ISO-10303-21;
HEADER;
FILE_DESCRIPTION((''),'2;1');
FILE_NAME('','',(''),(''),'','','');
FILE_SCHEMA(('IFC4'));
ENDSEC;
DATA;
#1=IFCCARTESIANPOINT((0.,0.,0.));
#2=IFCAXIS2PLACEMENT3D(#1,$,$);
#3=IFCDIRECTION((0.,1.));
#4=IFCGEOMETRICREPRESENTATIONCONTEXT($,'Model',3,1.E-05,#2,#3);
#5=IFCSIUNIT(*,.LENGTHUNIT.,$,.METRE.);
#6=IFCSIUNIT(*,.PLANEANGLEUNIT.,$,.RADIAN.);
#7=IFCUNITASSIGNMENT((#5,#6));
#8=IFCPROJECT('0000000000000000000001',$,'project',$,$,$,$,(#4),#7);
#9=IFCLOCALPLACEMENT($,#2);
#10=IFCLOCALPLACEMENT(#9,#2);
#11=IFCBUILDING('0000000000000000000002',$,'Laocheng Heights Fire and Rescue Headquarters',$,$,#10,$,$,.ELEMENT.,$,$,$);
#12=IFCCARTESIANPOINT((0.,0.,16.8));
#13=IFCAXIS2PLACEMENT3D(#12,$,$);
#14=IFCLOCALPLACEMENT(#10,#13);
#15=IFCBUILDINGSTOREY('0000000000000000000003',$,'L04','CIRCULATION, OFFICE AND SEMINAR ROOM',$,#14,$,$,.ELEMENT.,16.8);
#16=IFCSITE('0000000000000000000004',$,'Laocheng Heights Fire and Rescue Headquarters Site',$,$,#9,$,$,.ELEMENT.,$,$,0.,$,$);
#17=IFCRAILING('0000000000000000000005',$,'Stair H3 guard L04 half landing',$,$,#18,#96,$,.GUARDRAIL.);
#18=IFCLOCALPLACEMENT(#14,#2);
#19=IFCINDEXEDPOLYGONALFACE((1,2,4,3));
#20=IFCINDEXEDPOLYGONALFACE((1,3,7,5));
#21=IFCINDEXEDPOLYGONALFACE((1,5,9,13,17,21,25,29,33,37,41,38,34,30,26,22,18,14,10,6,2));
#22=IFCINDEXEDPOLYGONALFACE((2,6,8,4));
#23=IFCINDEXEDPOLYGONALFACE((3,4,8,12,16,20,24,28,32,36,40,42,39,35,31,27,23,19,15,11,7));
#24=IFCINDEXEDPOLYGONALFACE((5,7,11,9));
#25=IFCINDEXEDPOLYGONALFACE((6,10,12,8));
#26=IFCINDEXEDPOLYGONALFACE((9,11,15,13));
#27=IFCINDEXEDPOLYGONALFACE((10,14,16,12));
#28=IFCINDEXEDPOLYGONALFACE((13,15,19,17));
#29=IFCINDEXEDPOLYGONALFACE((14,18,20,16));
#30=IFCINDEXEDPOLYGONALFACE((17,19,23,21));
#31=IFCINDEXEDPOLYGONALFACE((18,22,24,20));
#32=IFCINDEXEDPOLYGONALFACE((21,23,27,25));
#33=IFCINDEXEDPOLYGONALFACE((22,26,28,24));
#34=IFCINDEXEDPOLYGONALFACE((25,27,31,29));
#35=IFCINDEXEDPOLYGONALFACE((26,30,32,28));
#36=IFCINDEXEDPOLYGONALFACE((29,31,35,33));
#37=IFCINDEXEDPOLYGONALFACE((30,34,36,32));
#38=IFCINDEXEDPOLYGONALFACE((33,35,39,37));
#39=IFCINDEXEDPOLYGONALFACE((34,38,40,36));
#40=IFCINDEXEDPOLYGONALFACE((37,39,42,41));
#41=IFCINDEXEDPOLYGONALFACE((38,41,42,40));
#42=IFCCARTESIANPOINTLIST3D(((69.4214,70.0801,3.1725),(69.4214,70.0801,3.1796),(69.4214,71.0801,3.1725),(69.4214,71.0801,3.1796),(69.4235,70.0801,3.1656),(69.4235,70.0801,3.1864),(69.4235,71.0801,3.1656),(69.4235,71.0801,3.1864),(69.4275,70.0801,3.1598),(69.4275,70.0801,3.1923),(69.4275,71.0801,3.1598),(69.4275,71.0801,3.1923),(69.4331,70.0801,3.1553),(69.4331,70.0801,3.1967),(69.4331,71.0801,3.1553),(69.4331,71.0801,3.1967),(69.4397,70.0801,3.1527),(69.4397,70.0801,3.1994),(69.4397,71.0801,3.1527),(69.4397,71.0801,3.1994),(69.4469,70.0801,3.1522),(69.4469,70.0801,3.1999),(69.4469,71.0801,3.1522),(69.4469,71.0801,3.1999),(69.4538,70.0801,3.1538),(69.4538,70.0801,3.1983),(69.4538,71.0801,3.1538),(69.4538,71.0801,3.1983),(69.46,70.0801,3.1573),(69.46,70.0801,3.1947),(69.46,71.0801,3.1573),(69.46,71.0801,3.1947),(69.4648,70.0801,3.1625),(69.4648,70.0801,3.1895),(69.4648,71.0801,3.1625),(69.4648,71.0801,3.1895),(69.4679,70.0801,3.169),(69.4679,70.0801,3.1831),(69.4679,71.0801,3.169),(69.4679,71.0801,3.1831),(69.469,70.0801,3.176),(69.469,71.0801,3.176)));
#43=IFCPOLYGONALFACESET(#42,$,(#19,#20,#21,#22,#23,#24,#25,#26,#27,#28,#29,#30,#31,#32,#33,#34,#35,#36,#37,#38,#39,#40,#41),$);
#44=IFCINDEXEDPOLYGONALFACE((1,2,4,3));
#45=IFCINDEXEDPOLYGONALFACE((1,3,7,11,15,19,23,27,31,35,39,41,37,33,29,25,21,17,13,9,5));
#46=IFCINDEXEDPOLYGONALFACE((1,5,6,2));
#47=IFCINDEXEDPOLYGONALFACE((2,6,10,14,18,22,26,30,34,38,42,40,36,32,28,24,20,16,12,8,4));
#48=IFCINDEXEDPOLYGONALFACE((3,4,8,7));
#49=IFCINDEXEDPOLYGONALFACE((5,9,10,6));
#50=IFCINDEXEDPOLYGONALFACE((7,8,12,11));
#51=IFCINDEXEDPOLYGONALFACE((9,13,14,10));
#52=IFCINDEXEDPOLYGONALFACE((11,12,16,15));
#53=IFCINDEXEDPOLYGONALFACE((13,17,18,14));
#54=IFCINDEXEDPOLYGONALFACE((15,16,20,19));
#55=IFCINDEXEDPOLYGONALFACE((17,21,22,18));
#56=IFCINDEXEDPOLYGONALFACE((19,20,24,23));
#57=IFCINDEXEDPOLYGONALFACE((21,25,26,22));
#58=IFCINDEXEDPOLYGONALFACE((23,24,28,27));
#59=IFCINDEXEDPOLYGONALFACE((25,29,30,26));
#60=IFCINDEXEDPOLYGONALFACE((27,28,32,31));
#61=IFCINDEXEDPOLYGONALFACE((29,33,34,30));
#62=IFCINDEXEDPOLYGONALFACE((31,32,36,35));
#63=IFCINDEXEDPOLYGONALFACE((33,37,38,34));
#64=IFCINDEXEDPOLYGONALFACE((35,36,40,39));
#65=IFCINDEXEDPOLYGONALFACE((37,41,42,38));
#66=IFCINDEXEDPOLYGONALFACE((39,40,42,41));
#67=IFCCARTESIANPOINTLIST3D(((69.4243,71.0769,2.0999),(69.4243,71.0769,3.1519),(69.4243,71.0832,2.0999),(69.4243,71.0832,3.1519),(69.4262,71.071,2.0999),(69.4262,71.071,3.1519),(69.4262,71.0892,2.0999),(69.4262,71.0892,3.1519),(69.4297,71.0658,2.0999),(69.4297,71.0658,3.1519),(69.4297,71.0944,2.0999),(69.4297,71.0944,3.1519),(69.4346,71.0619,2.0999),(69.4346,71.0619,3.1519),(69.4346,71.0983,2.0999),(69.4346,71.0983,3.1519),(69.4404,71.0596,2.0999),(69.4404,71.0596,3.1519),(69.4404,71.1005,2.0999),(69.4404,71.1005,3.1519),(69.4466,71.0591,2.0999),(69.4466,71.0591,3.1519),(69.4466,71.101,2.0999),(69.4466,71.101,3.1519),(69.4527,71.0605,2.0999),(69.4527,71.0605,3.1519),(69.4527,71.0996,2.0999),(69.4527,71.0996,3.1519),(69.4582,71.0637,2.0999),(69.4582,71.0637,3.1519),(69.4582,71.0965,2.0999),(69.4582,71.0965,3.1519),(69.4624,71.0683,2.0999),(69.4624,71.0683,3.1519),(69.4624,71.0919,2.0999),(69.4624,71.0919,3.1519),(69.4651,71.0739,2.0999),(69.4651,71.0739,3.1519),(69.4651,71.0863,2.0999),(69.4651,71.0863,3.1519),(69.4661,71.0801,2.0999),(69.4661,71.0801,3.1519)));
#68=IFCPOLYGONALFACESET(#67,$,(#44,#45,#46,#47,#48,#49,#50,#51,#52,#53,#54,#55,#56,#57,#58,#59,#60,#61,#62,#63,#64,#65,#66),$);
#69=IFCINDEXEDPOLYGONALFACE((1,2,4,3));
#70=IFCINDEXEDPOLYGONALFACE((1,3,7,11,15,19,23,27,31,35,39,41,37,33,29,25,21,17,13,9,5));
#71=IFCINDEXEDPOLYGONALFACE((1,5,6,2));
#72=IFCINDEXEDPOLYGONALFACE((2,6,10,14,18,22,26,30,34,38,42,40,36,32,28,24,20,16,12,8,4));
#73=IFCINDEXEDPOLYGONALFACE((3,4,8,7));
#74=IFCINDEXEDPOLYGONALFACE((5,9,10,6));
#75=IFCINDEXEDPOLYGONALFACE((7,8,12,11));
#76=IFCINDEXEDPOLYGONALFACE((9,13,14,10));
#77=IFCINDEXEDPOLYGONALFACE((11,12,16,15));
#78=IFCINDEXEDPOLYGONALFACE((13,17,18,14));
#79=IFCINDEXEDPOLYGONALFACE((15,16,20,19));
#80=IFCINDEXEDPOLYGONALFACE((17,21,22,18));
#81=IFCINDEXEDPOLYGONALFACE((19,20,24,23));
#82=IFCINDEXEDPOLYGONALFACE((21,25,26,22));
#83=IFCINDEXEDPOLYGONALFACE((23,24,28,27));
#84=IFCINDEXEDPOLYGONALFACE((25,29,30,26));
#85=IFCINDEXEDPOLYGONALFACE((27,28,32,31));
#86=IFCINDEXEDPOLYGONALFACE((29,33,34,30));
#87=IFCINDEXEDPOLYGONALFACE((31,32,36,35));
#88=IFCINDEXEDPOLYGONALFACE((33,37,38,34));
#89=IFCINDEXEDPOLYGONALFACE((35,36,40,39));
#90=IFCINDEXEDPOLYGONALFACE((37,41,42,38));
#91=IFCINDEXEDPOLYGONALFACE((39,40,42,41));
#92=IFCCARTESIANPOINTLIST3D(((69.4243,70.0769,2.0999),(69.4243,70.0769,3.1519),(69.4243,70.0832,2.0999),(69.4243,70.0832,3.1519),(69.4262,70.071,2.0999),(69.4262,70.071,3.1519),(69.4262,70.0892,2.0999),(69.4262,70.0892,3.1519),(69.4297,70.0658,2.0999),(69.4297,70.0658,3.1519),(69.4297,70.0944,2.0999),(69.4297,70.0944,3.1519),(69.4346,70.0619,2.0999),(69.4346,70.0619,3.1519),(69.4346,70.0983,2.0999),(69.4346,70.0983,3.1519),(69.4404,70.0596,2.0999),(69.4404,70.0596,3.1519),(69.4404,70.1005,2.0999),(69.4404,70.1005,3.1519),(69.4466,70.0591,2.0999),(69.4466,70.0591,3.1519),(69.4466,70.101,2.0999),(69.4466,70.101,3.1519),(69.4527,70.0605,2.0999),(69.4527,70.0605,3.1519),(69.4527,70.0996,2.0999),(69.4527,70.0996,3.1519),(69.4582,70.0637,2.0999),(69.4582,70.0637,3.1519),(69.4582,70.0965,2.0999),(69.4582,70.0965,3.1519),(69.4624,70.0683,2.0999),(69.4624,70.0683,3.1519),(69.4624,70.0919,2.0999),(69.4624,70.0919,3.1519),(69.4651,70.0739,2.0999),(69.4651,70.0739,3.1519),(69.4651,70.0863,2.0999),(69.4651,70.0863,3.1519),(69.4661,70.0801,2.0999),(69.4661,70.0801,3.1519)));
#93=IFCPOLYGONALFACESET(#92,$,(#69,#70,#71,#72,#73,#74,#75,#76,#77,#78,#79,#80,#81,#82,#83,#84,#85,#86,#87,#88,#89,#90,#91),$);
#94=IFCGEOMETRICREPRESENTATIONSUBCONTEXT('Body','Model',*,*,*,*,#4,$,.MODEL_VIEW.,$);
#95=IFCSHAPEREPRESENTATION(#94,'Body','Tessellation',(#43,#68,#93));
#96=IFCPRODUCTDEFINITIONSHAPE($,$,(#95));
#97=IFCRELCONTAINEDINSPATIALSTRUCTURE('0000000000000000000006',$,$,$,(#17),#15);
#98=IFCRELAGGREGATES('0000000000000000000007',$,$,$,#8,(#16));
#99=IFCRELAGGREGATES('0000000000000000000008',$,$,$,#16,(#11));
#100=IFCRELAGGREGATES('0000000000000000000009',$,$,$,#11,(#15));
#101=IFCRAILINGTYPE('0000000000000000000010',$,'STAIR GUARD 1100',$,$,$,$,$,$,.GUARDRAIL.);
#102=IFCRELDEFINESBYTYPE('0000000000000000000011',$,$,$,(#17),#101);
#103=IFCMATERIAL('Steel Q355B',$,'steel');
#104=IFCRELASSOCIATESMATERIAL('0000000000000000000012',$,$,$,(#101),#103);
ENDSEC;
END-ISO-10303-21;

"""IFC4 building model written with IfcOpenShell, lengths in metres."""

from ifc_helpers import new_model, si_unit, direction, frame, origin, origin_2d, place, context, subcontext, project, spatial, circle, extrude, material, type_object, element, save


model = new_model("IFC4")

# Units and contexts
model_context = context("Model", 3, precision=1e-05, world=origin(), true_north=direction((0.0, 1.0)))
body_context = subcontext(model_context, "Body", "Model", "MODEL_VIEW")
ifc_project = project(units=[si_unit("LENGTHUNIT", "METRE"), si_unit("PLANEANGLEUNIT", "RADIAN")], contexts=[model_context])

# Site, building, storey
site_placement = place(None, origin())
site = spatial("IfcSite", under=ifc_project, at=site_placement, Name="Laocheng Heights Fire and Rescue Headquarters Site", CompositionType="ELEMENT", RefElevation=0.0)
building_placement = place(site_placement, origin())
building = spatial("IfcBuilding", under=site, at=building_placement, Name="Laocheng Heights Fire and Rescue Headquarters", CompositionType="ELEMENT")
storey_placement = place(building_placement, frame((0.0, 0.0, 16.8)))
storey = spatial("IfcBuildingStorey", under=building, at=storey_placement, Name="L04", Description="CIRCULATION, OFFICE AND SEMINAR ROOM", CompositionType="ELEMENT", Elevation=16.8)

# Railing
ifc_material_1 = material(Name="Steel Q355B", Category="steel")
railing_type_1 = type_object("IfcRailingType", Name="STAIR GUARD 1100", PredefinedType="GUARDRAIL", material=ifc_material_1)
railing_1_placement = place(storey_placement, frame((69.4451, 71.0801, 2.0999)))
element("IfcRailing", 1, at=railing_1_placement, inside=storey, type_object=railing_type_1, Name="Stair H3 guard L04 half landing", PredefinedType="GUARDRAIL", context=body_context, shape_type="SweptSolid", body=[
    extrude(circle(Radius=0.0239, at=origin_2d()), frame((0.0, 0.0, 1.0762), z_axis=(0.0, -1.0, 0.0), x_axis=(1.0, 0.0, 0.0)), (0.0, 0.0, 1.0), 1.0),
    extrude(circle(Radius=0.021, at=origin_2d()), origin(), (0.0, 0.0, 1.0), 1.052),
    extrude(circle(Radius=0.021, at=origin_2d()), frame((0.0, -1.0, 0.0)), (0.0, 0.0, 1.0), 1.052),
])

save(model, "model.ifc")
